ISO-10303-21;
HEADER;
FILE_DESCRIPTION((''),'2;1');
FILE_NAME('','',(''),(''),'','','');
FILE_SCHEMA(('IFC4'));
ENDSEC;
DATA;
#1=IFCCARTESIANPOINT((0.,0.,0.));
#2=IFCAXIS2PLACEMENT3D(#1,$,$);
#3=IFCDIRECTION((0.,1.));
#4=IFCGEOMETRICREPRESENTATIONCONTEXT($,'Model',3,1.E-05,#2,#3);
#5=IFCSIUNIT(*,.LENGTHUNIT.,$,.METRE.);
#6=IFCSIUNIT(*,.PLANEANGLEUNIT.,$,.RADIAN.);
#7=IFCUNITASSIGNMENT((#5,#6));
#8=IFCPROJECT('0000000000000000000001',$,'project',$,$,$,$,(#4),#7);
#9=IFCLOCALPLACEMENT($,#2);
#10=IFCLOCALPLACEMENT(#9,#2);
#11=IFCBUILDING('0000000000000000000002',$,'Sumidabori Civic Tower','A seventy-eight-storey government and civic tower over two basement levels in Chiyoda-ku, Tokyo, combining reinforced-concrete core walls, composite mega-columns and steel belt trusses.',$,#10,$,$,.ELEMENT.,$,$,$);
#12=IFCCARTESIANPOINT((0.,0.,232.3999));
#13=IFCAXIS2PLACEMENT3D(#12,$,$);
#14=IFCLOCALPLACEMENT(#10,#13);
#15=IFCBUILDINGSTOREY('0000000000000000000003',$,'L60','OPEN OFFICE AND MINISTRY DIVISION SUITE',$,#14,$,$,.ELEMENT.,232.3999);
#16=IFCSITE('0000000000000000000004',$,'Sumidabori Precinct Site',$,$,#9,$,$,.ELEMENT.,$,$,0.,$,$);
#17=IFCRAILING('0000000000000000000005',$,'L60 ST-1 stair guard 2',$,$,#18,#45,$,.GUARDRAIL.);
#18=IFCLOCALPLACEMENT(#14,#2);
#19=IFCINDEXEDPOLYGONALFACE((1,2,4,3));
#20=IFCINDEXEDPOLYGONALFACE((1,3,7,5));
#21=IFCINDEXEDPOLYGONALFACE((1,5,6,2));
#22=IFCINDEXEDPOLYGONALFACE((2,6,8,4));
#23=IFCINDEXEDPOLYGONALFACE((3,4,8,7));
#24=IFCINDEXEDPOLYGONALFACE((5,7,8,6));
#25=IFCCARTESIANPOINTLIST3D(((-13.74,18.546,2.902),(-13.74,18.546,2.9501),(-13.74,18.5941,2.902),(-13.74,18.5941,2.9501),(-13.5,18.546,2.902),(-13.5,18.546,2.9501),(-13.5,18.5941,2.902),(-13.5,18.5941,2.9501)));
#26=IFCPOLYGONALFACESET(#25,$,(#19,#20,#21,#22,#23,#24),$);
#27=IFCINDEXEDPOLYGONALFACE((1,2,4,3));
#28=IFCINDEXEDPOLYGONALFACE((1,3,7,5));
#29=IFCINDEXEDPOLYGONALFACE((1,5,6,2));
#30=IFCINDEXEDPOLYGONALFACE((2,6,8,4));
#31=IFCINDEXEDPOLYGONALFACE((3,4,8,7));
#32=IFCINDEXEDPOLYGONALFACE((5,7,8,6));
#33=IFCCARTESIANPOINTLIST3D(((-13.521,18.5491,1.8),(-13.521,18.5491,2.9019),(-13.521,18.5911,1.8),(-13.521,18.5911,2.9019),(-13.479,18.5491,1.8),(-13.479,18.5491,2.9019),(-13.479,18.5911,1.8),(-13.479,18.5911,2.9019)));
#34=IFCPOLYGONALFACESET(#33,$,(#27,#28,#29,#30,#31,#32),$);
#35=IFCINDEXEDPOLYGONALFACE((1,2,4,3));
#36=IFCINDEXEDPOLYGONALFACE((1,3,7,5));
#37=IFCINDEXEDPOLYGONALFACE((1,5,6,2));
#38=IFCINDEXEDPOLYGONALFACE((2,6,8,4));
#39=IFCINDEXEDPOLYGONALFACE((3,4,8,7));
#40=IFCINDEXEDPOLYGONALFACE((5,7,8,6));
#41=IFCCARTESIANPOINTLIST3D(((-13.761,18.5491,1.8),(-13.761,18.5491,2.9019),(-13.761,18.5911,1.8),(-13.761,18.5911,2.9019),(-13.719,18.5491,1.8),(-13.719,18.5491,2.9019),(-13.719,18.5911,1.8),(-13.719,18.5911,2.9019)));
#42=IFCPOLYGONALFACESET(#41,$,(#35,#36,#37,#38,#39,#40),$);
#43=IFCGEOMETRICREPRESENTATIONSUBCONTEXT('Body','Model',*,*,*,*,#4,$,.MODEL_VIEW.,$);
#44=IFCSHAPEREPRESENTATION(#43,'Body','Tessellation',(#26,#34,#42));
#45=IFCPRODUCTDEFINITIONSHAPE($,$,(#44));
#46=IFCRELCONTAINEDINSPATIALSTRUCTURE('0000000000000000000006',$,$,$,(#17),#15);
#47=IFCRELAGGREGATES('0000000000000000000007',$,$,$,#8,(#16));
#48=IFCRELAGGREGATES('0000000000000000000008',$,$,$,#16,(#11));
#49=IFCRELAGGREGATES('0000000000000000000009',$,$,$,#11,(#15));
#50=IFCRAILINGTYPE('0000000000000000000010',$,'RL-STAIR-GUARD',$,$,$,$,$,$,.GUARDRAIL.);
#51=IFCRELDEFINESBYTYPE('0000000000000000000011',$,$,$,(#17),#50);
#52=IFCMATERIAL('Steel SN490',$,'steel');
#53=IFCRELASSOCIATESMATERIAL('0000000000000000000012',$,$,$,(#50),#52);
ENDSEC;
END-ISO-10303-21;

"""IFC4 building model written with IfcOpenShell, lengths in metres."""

from ifc_helpers import new_model, si_unit, direction, frame, origin, origin_2d, place, context, subcontext, project, spatial, rectangle, extrude, material, type_object, element, save


model = new_model("IFC4")

# Units and contexts
model_context = context("Model", 3, precision=1e-05, world=origin(), true_north=direction((0.0, 1.0)))
body_context = subcontext(model_context, "Body", "Model", "MODEL_VIEW")
ifc_project = project(units=[si_unit("LENGTHUNIT", "METRE"), si_unit("PLANEANGLEUNIT", "RADIAN")], contexts=[model_context])

# Site, building, storey
site_placement = place(None, origin())
site = spatial("IfcSite", under=ifc_project, at=site_placement, Name="Sumidabori Precinct Site", CompositionType="ELEMENT", RefElevation=0.0)
building_placement = place(site_placement, origin())
building = spatial("IfcBuilding", under=site, at=building_placement, Name="Sumidabori Civic Tower", Description="A seventy-eight-storey government and civic tower over two basement levels in Chiyoda-ku, Tokyo, combining reinforced-concrete core walls, composite mega-columns and steel belt trusses.", CompositionType="ELEMENT")
storey_placement = place(building_placement, frame((0.0, 0.0, 232.3999)))
storey = spatial("IfcBuildingStorey", under=building, at=storey_placement, Name="L60", Description="OPEN OFFICE AND MINISTRY DIVISION SUITE", CompositionType="ELEMENT", Elevation=232.3999)

# Railing
ifc_material_1 = material(Name="Steel SN490", Category="steel")
railing_type = type_object("IfcRailingType", Name="RL-STAIR-GUARD", PredefinedType="GUARDRAIL", material=ifc_material_1)
railing_placement = place(storey_placement, frame((-13.5, 18.5701, 1.8)))
element("IfcRailing", 1, at=railing_placement, inside=storey, type_object=railing_type, Name="L60 ST-1 stair guard 2", PredefinedType="GUARDRAIL", context=body_context, shape_type="SweptSolid", body=[
    extrude(rectangle(XDim=0.0481, YDim=0.0481, at=origin_2d()), frame((0.0, 0.0, 1.126), z_axis=(-1.0, 0.0, 0.0), x_axis=(0.0, -1.0, 0.0)), (0.0, 0.0, 1.0), 0.24),
    extrude(rectangle(XDim=0.042, YDim=0.042, at=origin_2d()), origin(), (0.0, 0.0, 1.0), 1.1018),
    extrude(rectangle(XDim=0.042, YDim=0.042, at=origin_2d()), frame((-0.24, 0.0, 0.0)), (0.0, 0.0, 1.0), 1.1018),
])

save(model, "model.ifc")
